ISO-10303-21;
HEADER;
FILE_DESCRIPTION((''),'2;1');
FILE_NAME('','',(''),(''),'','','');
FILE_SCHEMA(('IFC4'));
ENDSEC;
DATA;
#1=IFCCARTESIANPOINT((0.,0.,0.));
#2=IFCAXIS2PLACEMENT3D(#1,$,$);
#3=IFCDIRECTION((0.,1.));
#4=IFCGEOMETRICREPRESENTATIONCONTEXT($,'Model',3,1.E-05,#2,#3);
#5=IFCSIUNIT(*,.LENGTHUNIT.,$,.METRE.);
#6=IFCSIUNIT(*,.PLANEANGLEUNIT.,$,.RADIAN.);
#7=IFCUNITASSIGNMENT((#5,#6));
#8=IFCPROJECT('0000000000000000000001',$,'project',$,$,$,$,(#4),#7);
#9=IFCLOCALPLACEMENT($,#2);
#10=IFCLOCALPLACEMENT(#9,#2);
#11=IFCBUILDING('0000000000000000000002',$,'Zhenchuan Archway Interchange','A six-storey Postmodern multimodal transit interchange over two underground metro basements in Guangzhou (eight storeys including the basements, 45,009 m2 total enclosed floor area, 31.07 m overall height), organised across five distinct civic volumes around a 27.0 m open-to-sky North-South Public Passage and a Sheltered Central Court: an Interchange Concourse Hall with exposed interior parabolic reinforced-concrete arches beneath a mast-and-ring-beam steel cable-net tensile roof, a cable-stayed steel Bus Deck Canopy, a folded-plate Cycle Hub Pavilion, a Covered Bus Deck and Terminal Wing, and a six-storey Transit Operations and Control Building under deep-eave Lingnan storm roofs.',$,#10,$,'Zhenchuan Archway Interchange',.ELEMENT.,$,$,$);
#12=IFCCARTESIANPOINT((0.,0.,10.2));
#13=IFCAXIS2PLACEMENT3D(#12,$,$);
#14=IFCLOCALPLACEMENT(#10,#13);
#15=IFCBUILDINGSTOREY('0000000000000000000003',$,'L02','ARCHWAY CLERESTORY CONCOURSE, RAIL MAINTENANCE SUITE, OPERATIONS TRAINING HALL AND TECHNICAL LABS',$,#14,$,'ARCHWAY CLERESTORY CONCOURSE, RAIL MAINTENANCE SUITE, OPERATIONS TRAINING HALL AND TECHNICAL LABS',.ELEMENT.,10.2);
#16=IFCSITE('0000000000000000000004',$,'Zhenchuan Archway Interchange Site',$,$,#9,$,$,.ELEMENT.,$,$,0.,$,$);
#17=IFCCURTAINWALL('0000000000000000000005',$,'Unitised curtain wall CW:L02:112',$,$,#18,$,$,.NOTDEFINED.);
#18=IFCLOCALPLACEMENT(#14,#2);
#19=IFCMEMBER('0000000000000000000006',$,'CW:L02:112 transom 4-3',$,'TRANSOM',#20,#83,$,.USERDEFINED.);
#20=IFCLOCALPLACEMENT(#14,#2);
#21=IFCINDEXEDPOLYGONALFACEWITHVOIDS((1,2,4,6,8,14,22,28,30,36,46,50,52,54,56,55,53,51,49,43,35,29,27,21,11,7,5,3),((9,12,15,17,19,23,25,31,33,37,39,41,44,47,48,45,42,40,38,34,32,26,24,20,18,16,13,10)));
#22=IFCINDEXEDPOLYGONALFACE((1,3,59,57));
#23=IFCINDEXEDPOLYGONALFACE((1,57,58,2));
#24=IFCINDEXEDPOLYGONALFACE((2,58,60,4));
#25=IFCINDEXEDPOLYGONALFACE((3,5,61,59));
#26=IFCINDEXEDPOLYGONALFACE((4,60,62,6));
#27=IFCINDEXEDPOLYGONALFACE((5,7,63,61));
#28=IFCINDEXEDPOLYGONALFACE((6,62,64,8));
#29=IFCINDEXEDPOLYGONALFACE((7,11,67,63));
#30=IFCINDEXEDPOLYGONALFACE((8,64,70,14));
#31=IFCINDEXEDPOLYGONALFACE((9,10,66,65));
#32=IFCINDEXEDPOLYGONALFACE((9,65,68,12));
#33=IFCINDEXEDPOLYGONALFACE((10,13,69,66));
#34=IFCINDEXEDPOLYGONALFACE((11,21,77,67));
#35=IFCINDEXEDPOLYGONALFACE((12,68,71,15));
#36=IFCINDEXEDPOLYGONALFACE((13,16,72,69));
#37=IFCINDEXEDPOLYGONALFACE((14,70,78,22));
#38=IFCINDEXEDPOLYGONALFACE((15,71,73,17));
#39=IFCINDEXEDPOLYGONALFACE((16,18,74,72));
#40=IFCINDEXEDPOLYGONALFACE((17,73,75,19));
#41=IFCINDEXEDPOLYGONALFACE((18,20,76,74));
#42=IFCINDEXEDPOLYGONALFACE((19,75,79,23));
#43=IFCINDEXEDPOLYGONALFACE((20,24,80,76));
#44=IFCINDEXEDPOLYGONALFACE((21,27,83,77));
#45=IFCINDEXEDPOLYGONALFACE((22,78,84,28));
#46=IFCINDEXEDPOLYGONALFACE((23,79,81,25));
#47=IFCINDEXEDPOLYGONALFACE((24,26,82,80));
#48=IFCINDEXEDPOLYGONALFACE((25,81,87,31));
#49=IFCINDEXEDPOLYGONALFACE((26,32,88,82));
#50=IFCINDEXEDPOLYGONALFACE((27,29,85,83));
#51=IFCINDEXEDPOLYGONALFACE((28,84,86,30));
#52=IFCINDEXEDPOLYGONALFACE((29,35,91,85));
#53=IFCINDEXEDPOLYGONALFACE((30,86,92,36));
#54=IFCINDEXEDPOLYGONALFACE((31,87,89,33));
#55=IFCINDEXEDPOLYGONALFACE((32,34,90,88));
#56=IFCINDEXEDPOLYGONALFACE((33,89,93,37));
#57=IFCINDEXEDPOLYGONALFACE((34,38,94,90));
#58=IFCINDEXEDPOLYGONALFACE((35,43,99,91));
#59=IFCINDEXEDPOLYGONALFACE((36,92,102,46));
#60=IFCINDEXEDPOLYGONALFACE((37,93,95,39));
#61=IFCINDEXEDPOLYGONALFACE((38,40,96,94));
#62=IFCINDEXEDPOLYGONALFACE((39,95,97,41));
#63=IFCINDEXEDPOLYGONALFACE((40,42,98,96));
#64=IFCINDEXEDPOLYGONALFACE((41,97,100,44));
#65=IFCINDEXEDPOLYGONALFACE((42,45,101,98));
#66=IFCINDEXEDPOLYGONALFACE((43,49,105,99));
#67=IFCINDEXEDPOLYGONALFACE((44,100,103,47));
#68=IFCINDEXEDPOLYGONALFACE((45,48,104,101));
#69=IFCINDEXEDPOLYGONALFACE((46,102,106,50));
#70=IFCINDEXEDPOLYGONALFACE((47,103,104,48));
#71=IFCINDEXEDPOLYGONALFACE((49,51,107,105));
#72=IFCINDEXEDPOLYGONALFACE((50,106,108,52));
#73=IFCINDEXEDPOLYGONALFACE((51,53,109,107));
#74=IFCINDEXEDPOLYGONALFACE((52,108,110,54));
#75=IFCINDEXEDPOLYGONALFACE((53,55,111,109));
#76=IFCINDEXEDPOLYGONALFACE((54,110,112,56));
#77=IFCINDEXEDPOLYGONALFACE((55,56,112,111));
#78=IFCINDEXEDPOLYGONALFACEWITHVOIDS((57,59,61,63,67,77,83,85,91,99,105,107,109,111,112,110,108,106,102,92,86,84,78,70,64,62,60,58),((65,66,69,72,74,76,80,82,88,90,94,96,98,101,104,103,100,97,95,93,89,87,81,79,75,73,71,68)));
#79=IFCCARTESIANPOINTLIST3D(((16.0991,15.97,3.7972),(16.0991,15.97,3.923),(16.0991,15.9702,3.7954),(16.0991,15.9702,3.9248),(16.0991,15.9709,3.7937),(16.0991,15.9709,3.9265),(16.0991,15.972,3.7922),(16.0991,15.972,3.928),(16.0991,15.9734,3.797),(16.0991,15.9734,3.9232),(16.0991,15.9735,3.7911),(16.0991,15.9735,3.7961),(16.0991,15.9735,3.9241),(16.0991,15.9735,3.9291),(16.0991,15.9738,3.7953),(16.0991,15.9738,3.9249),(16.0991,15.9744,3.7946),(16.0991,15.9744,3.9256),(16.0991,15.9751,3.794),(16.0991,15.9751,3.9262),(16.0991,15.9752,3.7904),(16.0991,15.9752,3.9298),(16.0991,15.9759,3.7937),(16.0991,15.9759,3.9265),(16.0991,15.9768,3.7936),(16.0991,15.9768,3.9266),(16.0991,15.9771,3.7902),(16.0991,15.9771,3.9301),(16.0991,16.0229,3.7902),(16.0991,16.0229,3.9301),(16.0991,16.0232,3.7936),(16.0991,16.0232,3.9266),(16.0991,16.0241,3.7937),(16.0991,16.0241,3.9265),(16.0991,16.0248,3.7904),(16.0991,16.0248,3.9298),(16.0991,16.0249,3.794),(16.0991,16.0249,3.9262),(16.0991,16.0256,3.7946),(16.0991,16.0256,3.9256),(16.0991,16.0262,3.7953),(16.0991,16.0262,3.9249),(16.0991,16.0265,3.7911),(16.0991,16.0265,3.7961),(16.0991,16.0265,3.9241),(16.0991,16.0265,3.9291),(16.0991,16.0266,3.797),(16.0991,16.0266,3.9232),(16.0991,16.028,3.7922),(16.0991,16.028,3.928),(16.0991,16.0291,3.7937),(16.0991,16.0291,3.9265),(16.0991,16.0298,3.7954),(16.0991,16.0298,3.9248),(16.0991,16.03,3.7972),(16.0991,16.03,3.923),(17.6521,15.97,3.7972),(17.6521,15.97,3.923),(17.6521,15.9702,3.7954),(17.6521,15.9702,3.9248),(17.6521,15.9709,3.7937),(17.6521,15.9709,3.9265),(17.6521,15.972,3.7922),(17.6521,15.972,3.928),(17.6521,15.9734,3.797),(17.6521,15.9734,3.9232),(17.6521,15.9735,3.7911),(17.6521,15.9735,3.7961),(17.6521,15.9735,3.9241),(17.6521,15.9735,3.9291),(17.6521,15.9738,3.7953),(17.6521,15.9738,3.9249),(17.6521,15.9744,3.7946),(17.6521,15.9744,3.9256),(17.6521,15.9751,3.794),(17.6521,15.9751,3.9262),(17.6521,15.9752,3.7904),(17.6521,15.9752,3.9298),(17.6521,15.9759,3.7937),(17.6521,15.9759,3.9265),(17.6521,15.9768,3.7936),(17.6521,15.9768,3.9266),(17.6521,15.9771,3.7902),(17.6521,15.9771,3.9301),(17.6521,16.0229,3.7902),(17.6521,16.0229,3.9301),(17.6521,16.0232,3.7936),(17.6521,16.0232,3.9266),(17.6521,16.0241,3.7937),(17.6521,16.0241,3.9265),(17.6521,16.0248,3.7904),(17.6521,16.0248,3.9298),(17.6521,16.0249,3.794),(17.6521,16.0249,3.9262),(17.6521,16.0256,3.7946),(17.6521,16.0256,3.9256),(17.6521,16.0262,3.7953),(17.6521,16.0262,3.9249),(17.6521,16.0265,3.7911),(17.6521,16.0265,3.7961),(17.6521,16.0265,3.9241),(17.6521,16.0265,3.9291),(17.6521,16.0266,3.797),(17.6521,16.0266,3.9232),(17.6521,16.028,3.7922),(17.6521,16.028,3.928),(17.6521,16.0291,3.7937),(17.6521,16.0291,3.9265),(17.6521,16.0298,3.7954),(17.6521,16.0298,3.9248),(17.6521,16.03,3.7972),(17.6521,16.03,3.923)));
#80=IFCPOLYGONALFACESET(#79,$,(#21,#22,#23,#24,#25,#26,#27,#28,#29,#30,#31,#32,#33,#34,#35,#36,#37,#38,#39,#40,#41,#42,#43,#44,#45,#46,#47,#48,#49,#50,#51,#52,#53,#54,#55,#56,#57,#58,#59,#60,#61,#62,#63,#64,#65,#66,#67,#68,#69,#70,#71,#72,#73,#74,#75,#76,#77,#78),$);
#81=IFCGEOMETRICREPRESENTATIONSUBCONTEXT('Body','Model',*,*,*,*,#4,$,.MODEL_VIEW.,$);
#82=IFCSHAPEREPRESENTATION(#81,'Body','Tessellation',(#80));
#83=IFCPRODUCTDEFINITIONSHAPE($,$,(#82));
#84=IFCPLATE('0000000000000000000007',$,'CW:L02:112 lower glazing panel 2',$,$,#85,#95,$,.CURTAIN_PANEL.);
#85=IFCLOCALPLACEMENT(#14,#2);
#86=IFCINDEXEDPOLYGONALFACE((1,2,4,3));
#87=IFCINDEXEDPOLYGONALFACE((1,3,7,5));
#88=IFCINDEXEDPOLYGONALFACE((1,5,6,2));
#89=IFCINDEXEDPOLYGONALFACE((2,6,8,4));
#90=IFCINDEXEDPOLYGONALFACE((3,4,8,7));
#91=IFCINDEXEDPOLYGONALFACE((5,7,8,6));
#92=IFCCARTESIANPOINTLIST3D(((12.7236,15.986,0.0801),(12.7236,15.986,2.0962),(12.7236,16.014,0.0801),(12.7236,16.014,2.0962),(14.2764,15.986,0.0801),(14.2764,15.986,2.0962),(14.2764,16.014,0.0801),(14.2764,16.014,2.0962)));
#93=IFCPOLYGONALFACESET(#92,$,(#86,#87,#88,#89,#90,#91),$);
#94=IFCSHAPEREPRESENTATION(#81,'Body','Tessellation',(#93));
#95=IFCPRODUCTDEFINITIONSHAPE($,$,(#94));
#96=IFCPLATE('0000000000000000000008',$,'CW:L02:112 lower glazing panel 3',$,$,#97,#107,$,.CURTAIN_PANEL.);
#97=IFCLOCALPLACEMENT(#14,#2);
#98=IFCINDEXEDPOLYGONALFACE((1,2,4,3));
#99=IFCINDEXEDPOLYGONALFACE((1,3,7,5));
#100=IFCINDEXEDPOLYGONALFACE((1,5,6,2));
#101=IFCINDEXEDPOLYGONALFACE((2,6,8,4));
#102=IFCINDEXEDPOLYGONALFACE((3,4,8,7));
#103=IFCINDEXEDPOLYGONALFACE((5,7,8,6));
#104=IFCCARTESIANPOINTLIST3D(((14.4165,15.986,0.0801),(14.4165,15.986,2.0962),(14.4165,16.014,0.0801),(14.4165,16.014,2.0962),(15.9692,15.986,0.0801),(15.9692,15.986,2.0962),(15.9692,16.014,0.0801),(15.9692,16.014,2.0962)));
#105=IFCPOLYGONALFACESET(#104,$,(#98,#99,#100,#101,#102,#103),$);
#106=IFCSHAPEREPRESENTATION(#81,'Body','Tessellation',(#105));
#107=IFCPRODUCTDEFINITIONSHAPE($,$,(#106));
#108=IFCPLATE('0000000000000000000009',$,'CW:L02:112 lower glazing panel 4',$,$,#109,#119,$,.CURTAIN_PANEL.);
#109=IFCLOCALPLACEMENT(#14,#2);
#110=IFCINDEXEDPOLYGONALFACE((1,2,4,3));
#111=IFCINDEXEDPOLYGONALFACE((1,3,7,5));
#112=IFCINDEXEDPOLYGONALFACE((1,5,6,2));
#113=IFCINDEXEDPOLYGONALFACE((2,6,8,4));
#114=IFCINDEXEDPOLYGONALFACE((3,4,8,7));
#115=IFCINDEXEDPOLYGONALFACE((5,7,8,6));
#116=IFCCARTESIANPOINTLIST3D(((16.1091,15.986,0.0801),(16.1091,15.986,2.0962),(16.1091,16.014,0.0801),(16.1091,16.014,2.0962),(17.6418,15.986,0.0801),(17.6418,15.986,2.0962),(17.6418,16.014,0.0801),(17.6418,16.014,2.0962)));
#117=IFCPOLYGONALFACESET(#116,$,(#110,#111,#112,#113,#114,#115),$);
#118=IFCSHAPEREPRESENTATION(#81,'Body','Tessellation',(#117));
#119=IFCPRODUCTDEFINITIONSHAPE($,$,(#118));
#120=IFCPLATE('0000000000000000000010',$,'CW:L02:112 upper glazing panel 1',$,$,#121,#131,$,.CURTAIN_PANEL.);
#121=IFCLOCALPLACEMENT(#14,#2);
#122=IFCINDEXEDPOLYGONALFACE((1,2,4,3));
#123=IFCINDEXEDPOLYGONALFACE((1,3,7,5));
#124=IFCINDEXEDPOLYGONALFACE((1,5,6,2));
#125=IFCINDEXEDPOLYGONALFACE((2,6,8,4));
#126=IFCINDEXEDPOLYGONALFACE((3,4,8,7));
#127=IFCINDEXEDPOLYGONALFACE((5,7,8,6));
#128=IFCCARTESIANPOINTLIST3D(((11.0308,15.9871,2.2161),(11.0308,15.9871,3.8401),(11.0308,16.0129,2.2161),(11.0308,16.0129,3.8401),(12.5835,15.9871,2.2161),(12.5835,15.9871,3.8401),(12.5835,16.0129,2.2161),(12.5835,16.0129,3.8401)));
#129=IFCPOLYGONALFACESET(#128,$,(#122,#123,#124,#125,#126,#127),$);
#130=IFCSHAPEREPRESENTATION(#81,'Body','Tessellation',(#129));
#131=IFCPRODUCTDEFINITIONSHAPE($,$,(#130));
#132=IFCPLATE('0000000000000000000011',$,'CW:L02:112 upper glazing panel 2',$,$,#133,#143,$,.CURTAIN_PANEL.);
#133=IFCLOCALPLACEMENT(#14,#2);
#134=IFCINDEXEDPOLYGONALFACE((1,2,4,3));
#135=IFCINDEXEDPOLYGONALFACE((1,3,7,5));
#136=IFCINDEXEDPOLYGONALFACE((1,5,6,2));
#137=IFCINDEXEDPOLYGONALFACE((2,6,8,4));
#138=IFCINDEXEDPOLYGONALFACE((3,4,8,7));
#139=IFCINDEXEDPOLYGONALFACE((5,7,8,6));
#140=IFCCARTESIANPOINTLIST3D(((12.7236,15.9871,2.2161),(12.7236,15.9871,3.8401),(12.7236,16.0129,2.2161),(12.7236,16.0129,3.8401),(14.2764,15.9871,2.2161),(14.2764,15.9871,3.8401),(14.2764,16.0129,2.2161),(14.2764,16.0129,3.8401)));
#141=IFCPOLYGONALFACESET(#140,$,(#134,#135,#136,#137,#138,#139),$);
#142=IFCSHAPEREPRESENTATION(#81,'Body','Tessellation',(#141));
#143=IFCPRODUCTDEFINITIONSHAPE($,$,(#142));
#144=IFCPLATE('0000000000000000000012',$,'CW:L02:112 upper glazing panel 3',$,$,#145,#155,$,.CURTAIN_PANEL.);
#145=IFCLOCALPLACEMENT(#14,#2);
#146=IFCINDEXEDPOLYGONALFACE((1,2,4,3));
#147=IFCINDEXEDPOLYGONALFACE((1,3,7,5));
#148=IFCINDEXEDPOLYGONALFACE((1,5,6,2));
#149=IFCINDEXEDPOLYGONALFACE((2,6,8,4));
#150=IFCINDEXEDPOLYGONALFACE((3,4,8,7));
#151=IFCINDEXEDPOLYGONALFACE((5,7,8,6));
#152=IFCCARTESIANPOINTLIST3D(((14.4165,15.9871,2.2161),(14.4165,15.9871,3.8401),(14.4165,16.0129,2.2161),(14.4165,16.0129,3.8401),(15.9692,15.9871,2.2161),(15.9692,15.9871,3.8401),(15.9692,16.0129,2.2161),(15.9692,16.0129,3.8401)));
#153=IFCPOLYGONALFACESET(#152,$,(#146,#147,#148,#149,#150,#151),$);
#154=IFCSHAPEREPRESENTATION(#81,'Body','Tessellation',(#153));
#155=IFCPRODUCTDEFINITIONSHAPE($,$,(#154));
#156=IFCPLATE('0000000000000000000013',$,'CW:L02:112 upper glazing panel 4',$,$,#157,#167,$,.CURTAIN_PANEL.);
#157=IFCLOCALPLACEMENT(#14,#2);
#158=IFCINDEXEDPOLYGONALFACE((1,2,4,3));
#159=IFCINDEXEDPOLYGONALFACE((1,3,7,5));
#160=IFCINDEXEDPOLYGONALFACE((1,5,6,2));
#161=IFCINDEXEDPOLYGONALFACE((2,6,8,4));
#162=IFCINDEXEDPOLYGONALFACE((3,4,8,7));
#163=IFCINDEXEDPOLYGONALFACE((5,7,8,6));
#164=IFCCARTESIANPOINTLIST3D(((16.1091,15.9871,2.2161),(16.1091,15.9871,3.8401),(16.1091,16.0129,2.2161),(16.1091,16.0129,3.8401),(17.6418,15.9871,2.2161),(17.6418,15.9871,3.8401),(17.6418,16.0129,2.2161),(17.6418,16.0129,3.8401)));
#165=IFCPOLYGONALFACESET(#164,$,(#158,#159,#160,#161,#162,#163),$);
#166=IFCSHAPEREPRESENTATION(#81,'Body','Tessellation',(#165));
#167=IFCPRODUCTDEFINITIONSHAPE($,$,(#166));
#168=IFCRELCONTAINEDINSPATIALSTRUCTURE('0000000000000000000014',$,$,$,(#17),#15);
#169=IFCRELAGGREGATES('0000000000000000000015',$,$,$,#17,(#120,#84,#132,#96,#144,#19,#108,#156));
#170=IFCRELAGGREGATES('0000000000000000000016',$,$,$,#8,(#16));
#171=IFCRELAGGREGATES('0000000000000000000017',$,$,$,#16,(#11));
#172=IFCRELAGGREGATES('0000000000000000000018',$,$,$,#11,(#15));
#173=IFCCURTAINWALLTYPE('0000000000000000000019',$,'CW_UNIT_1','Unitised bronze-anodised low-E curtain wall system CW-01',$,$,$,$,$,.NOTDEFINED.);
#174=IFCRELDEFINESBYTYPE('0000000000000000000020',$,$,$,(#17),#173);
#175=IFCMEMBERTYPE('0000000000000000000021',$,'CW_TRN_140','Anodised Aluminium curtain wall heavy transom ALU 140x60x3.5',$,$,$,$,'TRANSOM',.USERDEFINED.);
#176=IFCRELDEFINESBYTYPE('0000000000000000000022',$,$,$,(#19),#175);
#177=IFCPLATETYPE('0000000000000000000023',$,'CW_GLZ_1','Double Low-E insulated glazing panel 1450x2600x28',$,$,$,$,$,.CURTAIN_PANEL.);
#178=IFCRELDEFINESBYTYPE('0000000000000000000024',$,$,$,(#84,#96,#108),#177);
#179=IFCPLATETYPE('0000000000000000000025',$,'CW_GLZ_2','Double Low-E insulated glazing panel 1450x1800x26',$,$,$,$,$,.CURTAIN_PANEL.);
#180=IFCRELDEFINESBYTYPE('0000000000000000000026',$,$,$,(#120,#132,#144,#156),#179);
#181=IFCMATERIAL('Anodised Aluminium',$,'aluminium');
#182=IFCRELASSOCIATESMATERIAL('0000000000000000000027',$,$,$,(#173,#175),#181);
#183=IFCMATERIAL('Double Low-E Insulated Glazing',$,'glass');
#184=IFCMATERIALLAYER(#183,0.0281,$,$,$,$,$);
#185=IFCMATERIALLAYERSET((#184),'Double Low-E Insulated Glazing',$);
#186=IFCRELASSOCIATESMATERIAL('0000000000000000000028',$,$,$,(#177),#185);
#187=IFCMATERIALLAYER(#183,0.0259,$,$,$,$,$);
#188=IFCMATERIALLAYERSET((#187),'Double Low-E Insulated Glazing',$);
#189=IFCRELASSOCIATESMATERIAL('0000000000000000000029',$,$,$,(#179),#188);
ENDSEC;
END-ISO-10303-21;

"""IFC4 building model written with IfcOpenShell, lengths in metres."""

from ifc_helpers import new_model, si_unit, direction, frame, origin, origin_2d, place, context, subcontext, project, spatial, rectangle, hollow_rectangle, extrude, material, layer, layer_set, material_profile, profile_set, type_object, element, aggregate, save


model = new_model("IFC4")

# Units and contexts
model_context = context("Model", 3, precision=1e-05, world=origin(), true_north=direction((0.0, 1.0)))
body_context = subcontext(model_context, "Body", "Model", "MODEL_VIEW")
ifc_project = project(units=[si_unit("LENGTHUNIT", "METRE"), si_unit("PLANEANGLEUNIT", "RADIAN")], contexts=[model_context])

# Site, building, storey
site_placement = place(None, origin())
site = spatial("IfcSite", under=ifc_project, at=site_placement, Name="Zhenchuan Archway Interchange Site", CompositionType="ELEMENT", RefElevation=0.0)
building_placement = place(site_placement, origin())
building = spatial("IfcBuilding", under=site, at=building_placement, Name="Zhenchuan Archway Interchange", Description="A six-storey Postmodern multimodal transit interchange over two underground metro basements in Guangzhou (eight storeys including the basements, 45,009 m2 total enclosed floor area, 31.07 m overall height), organised across five distinct civic volumes around a 27.0 m open-to-sky North-South Public Passage and a Sheltered Central Court: an Interchange Concourse Hall with exposed interior parabolic reinforced-concrete arches beneath a mast-and-ring-beam steel cable-net tensile roof, a cable-stayed steel Bus Deck Canopy, a folded-plate Cycle Hub Pavilion, a Covered Bus Deck and Terminal Wing, and a six-storey Transit Operations and Control Building under deep-eave Lingnan storm roofs.", LongName="Zhenchuan Archway Interchange", CompositionType="ELEMENT")
storey_placement = place(building_placement, frame((0.0, 0.0, 10.2)))
storey = spatial("IfcBuildingStorey", under=building, at=storey_placement, Name="L02", Description="ARCHWAY CLERESTORY CONCOURSE, RAIL MAINTENANCE SUITE, OPERATIONS TRAINING HALL AND TECHNICAL LABS", LongName="ARCHWAY CLERESTORY CONCOURSE, RAIL MAINTENANCE SUITE, OPERATIONS TRAINING HALL AND TECHNICAL LABS", CompositionType="ELEMENT", Elevation=10.2)

# Curtain wall, member, plates
ifc_material_1 = material(Name="Anodised Aluminium", Category="aluminium")
curtain_wall_type = type_object("IfcCurtainWallType", Name="CW_UNIT_1", Description="Unitised bronze-anodised low-E curtain wall system CW-01", PredefinedType="NOTDEFINED", material=ifc_material_1)
curtain_wall_placement = place(storey_placement, origin())
curtain_wall = element("IfcCurtainWall", 1, at=curtain_wall_placement, inside=storey, type_object=curtain_wall_type, Name="Unitised curtain wall CW:L02:112", PredefinedType="NOTDEFINED")
ifc_material_profile_1 = material_profile(ifc_material_1, hollow_rectangle(XDim=0.0601, YDim=0.1399, WallThickness=0.0034, InnerFilletRadius=0.0034, OuterFilletRadius=0.0071, at=origin_2d()), Name="ALU 140x60x3.5")
ifc_profile_set_1 = profile_set([ifc_material_profile_1], Name="Anodised Aluminium")
member_type_1 = type_object("IfcMemberType", Name="CW_TRN_140", Description="Anodised Aluminium curtain wall heavy transom ALU 140x60x3.5", ElementType="TRANSOM", PredefinedType="USERDEFINED", material=ifc_profile_set_1)
member_1_placement = place(storey_placement, frame((16.0991, 16.0, 3.8601), z_axis=(1.0, 0.0, 0.0), x_axis=(0.0, 1.0, 0.0)))
member_1 = element("IfcMember", 2, at=member_1_placement, type_object=member_type_1, Name="CW:L02:112 transom 4-3", ObjectType="TRANSOM", PredefinedType="USERDEFINED", context=body_context, shape_type="SweptSolid", body=[
    extrude(hollow_rectangle(XDim=0.0601, YDim=0.1399, WallThickness=0.0034, InnerFilletRadius=0.0034, OuterFilletRadius=0.0071, at=origin_2d()), origin(), (0.0, 0.0, 1.0), 1.553),
])
ifc_material_2 = material(Name="Double Low-E Insulated Glazing", Category="glass")
ifc_layer_1 = layer(ifc_material_2, 0.0281)
ifc_layer_set_1 = layer_set([ifc_layer_1], Name="Double Low-E Insulated Glazing")
plate_type_1 = type_object("IfcPlateType", Name="CW_GLZ_1", Description="Double Low-E insulated glazing panel 1450x2600x28", PredefinedType="CURTAIN_PANEL", material=ifc_layer_set_1)
plate_1_placement = place(storey_placement, frame((13.5, 16.0, 0.0801), z_axis=(0.0, 0.0, 1.0), x_axis=(1.0, 0.0, 0.0)))
plate_1 = element("IfcPlate", 3, at=plate_1_placement, type_object=plate_type_1, Name="CW:L02:112 lower glazing panel 2", PredefinedType="CURTAIN_PANEL", context=body_context, shape_type="SweptSolid", body=[
    extrude(rectangle(XDim=1.5527, YDim=0.0281, at=origin_2d()), origin(), (0.0, 0.0, 1.0), 2.0161),
])
plate_2_placement = place(storey_placement, frame((15.1929, 16.0, 0.0801), z_axis=(0.0, 0.0, 1.0), x_axis=(1.0, 0.0, 0.0)))
plate_2 = element("IfcPlate", 4, at=plate_2_placement, type_object=plate_type_1, Name="CW:L02:112 lower glazing panel 3", PredefinedType="CURTAIN_PANEL", context=body_context, shape_type="SweptSolid", body=[
    extrude(rectangle(XDim=1.5527, YDim=0.0281, at=origin_2d()), origin(), (0.0, 0.0, 1.0), 2.0161),
])
plate_3_placement = place(storey_placement, frame((16.8755, 16.0, 0.0801), z_axis=(0.0, 0.0, 1.0), x_axis=(1.0, 0.0, 0.0)))
plate_3 = element("IfcPlate", 5, at=plate_3_placement, type_object=plate_type_1, Name="CW:L02:112 lower glazing panel 4", PredefinedType="CURTAIN_PANEL", context=body_context, shape_type="SweptSolid", body=[
    extrude(rectangle(XDim=1.5327, YDim=0.0281, at=origin_2d()), origin(), (0.0, 0.0, 1.0), 2.0161),
])
ifc_layer_2 = layer(ifc_material_2, 0.0259)
ifc_layer_set_2 = layer_set([ifc_layer_2], Name="Double Low-E Insulated Glazing")
plate_type_2 = type_object("IfcPlateType", Name="CW_GLZ_2", Description="Double Low-E insulated glazing panel 1450x1800x26", PredefinedType="CURTAIN_PANEL", material=ifc_layer_set_2)
plate_4_placement = place(storey_placement, frame((11.8071, 16.0, 2.2161), z_axis=(0.0, 0.0, 1.0), x_axis=(1.0, 0.0, 0.0)))
plate_4 = element("IfcPlate", 6, at=plate_4_placement, type_object=plate_type_2, Name="CW:L02:112 upper glazing panel 1", PredefinedType="CURTAIN_PANEL", context=body_context, shape_type="SweptSolid", body=[
    extrude(rectangle(XDim=1.5527, YDim=0.0259, at=origin_2d()), origin(), (0.0, 0.0, 1.0), 1.624),
])
plate_5_placement = place(storey_placement, frame((13.5, 16.0, 2.2161), z_axis=(0.0, 0.0, 1.0), x_axis=(1.0, 0.0, 0.0)))
plate_5 = element("IfcPlate", 7, at=plate_5_placement, type_object=plate_type_2, Name="CW:L02:112 upper glazing panel 2", PredefinedType="CURTAIN_PANEL", context=body_context, shape_type="SweptSolid", body=[
    extrude(rectangle(XDim=1.5527, YDim=0.0259, at=origin_2d()), origin(), (0.0, 0.0, 1.0), 1.624),
])
plate_6_placement = place(storey_placement, frame((15.1929, 16.0, 2.2161), z_axis=(0.0, 0.0, 1.0), x_axis=(1.0, 0.0, 0.0)))
plate_6 = element("IfcPlate", 8, at=plate_6_placement, type_object=plate_type_2, Name="CW:L02:112 upper glazing panel 3", PredefinedType="CURTAIN_PANEL", context=body_context, shape_type="SweptSolid", body=[
    extrude(rectangle(XDim=1.5527, YDim=0.0259, at=origin_2d()), origin(), (0.0, 0.0, 1.0), 1.624),
])
plate_7_placement = place(storey_placement, frame((16.8755, 16.0, 2.2161), z_axis=(0.0, 0.0, 1.0), x_axis=(1.0, 0.0, 0.0)))
plate_7 = element("IfcPlate", 9, at=plate_7_placement, type_object=plate_type_2, Name="CW:L02:112 upper glazing panel 4", PredefinedType="CURTAIN_PANEL", context=body_context, shape_type="SweptSolid", body=[
    extrude(rectangle(XDim=1.5327, YDim=0.0259, at=origin_2d()), origin(), (0.0, 0.0, 1.0), 1.624),
])
aggregate(curtain_wall, [plate_4, plate_1, plate_5, plate_2, plate_6, member_1, plate_3, plate_7])

save(model, "model.ifc")
